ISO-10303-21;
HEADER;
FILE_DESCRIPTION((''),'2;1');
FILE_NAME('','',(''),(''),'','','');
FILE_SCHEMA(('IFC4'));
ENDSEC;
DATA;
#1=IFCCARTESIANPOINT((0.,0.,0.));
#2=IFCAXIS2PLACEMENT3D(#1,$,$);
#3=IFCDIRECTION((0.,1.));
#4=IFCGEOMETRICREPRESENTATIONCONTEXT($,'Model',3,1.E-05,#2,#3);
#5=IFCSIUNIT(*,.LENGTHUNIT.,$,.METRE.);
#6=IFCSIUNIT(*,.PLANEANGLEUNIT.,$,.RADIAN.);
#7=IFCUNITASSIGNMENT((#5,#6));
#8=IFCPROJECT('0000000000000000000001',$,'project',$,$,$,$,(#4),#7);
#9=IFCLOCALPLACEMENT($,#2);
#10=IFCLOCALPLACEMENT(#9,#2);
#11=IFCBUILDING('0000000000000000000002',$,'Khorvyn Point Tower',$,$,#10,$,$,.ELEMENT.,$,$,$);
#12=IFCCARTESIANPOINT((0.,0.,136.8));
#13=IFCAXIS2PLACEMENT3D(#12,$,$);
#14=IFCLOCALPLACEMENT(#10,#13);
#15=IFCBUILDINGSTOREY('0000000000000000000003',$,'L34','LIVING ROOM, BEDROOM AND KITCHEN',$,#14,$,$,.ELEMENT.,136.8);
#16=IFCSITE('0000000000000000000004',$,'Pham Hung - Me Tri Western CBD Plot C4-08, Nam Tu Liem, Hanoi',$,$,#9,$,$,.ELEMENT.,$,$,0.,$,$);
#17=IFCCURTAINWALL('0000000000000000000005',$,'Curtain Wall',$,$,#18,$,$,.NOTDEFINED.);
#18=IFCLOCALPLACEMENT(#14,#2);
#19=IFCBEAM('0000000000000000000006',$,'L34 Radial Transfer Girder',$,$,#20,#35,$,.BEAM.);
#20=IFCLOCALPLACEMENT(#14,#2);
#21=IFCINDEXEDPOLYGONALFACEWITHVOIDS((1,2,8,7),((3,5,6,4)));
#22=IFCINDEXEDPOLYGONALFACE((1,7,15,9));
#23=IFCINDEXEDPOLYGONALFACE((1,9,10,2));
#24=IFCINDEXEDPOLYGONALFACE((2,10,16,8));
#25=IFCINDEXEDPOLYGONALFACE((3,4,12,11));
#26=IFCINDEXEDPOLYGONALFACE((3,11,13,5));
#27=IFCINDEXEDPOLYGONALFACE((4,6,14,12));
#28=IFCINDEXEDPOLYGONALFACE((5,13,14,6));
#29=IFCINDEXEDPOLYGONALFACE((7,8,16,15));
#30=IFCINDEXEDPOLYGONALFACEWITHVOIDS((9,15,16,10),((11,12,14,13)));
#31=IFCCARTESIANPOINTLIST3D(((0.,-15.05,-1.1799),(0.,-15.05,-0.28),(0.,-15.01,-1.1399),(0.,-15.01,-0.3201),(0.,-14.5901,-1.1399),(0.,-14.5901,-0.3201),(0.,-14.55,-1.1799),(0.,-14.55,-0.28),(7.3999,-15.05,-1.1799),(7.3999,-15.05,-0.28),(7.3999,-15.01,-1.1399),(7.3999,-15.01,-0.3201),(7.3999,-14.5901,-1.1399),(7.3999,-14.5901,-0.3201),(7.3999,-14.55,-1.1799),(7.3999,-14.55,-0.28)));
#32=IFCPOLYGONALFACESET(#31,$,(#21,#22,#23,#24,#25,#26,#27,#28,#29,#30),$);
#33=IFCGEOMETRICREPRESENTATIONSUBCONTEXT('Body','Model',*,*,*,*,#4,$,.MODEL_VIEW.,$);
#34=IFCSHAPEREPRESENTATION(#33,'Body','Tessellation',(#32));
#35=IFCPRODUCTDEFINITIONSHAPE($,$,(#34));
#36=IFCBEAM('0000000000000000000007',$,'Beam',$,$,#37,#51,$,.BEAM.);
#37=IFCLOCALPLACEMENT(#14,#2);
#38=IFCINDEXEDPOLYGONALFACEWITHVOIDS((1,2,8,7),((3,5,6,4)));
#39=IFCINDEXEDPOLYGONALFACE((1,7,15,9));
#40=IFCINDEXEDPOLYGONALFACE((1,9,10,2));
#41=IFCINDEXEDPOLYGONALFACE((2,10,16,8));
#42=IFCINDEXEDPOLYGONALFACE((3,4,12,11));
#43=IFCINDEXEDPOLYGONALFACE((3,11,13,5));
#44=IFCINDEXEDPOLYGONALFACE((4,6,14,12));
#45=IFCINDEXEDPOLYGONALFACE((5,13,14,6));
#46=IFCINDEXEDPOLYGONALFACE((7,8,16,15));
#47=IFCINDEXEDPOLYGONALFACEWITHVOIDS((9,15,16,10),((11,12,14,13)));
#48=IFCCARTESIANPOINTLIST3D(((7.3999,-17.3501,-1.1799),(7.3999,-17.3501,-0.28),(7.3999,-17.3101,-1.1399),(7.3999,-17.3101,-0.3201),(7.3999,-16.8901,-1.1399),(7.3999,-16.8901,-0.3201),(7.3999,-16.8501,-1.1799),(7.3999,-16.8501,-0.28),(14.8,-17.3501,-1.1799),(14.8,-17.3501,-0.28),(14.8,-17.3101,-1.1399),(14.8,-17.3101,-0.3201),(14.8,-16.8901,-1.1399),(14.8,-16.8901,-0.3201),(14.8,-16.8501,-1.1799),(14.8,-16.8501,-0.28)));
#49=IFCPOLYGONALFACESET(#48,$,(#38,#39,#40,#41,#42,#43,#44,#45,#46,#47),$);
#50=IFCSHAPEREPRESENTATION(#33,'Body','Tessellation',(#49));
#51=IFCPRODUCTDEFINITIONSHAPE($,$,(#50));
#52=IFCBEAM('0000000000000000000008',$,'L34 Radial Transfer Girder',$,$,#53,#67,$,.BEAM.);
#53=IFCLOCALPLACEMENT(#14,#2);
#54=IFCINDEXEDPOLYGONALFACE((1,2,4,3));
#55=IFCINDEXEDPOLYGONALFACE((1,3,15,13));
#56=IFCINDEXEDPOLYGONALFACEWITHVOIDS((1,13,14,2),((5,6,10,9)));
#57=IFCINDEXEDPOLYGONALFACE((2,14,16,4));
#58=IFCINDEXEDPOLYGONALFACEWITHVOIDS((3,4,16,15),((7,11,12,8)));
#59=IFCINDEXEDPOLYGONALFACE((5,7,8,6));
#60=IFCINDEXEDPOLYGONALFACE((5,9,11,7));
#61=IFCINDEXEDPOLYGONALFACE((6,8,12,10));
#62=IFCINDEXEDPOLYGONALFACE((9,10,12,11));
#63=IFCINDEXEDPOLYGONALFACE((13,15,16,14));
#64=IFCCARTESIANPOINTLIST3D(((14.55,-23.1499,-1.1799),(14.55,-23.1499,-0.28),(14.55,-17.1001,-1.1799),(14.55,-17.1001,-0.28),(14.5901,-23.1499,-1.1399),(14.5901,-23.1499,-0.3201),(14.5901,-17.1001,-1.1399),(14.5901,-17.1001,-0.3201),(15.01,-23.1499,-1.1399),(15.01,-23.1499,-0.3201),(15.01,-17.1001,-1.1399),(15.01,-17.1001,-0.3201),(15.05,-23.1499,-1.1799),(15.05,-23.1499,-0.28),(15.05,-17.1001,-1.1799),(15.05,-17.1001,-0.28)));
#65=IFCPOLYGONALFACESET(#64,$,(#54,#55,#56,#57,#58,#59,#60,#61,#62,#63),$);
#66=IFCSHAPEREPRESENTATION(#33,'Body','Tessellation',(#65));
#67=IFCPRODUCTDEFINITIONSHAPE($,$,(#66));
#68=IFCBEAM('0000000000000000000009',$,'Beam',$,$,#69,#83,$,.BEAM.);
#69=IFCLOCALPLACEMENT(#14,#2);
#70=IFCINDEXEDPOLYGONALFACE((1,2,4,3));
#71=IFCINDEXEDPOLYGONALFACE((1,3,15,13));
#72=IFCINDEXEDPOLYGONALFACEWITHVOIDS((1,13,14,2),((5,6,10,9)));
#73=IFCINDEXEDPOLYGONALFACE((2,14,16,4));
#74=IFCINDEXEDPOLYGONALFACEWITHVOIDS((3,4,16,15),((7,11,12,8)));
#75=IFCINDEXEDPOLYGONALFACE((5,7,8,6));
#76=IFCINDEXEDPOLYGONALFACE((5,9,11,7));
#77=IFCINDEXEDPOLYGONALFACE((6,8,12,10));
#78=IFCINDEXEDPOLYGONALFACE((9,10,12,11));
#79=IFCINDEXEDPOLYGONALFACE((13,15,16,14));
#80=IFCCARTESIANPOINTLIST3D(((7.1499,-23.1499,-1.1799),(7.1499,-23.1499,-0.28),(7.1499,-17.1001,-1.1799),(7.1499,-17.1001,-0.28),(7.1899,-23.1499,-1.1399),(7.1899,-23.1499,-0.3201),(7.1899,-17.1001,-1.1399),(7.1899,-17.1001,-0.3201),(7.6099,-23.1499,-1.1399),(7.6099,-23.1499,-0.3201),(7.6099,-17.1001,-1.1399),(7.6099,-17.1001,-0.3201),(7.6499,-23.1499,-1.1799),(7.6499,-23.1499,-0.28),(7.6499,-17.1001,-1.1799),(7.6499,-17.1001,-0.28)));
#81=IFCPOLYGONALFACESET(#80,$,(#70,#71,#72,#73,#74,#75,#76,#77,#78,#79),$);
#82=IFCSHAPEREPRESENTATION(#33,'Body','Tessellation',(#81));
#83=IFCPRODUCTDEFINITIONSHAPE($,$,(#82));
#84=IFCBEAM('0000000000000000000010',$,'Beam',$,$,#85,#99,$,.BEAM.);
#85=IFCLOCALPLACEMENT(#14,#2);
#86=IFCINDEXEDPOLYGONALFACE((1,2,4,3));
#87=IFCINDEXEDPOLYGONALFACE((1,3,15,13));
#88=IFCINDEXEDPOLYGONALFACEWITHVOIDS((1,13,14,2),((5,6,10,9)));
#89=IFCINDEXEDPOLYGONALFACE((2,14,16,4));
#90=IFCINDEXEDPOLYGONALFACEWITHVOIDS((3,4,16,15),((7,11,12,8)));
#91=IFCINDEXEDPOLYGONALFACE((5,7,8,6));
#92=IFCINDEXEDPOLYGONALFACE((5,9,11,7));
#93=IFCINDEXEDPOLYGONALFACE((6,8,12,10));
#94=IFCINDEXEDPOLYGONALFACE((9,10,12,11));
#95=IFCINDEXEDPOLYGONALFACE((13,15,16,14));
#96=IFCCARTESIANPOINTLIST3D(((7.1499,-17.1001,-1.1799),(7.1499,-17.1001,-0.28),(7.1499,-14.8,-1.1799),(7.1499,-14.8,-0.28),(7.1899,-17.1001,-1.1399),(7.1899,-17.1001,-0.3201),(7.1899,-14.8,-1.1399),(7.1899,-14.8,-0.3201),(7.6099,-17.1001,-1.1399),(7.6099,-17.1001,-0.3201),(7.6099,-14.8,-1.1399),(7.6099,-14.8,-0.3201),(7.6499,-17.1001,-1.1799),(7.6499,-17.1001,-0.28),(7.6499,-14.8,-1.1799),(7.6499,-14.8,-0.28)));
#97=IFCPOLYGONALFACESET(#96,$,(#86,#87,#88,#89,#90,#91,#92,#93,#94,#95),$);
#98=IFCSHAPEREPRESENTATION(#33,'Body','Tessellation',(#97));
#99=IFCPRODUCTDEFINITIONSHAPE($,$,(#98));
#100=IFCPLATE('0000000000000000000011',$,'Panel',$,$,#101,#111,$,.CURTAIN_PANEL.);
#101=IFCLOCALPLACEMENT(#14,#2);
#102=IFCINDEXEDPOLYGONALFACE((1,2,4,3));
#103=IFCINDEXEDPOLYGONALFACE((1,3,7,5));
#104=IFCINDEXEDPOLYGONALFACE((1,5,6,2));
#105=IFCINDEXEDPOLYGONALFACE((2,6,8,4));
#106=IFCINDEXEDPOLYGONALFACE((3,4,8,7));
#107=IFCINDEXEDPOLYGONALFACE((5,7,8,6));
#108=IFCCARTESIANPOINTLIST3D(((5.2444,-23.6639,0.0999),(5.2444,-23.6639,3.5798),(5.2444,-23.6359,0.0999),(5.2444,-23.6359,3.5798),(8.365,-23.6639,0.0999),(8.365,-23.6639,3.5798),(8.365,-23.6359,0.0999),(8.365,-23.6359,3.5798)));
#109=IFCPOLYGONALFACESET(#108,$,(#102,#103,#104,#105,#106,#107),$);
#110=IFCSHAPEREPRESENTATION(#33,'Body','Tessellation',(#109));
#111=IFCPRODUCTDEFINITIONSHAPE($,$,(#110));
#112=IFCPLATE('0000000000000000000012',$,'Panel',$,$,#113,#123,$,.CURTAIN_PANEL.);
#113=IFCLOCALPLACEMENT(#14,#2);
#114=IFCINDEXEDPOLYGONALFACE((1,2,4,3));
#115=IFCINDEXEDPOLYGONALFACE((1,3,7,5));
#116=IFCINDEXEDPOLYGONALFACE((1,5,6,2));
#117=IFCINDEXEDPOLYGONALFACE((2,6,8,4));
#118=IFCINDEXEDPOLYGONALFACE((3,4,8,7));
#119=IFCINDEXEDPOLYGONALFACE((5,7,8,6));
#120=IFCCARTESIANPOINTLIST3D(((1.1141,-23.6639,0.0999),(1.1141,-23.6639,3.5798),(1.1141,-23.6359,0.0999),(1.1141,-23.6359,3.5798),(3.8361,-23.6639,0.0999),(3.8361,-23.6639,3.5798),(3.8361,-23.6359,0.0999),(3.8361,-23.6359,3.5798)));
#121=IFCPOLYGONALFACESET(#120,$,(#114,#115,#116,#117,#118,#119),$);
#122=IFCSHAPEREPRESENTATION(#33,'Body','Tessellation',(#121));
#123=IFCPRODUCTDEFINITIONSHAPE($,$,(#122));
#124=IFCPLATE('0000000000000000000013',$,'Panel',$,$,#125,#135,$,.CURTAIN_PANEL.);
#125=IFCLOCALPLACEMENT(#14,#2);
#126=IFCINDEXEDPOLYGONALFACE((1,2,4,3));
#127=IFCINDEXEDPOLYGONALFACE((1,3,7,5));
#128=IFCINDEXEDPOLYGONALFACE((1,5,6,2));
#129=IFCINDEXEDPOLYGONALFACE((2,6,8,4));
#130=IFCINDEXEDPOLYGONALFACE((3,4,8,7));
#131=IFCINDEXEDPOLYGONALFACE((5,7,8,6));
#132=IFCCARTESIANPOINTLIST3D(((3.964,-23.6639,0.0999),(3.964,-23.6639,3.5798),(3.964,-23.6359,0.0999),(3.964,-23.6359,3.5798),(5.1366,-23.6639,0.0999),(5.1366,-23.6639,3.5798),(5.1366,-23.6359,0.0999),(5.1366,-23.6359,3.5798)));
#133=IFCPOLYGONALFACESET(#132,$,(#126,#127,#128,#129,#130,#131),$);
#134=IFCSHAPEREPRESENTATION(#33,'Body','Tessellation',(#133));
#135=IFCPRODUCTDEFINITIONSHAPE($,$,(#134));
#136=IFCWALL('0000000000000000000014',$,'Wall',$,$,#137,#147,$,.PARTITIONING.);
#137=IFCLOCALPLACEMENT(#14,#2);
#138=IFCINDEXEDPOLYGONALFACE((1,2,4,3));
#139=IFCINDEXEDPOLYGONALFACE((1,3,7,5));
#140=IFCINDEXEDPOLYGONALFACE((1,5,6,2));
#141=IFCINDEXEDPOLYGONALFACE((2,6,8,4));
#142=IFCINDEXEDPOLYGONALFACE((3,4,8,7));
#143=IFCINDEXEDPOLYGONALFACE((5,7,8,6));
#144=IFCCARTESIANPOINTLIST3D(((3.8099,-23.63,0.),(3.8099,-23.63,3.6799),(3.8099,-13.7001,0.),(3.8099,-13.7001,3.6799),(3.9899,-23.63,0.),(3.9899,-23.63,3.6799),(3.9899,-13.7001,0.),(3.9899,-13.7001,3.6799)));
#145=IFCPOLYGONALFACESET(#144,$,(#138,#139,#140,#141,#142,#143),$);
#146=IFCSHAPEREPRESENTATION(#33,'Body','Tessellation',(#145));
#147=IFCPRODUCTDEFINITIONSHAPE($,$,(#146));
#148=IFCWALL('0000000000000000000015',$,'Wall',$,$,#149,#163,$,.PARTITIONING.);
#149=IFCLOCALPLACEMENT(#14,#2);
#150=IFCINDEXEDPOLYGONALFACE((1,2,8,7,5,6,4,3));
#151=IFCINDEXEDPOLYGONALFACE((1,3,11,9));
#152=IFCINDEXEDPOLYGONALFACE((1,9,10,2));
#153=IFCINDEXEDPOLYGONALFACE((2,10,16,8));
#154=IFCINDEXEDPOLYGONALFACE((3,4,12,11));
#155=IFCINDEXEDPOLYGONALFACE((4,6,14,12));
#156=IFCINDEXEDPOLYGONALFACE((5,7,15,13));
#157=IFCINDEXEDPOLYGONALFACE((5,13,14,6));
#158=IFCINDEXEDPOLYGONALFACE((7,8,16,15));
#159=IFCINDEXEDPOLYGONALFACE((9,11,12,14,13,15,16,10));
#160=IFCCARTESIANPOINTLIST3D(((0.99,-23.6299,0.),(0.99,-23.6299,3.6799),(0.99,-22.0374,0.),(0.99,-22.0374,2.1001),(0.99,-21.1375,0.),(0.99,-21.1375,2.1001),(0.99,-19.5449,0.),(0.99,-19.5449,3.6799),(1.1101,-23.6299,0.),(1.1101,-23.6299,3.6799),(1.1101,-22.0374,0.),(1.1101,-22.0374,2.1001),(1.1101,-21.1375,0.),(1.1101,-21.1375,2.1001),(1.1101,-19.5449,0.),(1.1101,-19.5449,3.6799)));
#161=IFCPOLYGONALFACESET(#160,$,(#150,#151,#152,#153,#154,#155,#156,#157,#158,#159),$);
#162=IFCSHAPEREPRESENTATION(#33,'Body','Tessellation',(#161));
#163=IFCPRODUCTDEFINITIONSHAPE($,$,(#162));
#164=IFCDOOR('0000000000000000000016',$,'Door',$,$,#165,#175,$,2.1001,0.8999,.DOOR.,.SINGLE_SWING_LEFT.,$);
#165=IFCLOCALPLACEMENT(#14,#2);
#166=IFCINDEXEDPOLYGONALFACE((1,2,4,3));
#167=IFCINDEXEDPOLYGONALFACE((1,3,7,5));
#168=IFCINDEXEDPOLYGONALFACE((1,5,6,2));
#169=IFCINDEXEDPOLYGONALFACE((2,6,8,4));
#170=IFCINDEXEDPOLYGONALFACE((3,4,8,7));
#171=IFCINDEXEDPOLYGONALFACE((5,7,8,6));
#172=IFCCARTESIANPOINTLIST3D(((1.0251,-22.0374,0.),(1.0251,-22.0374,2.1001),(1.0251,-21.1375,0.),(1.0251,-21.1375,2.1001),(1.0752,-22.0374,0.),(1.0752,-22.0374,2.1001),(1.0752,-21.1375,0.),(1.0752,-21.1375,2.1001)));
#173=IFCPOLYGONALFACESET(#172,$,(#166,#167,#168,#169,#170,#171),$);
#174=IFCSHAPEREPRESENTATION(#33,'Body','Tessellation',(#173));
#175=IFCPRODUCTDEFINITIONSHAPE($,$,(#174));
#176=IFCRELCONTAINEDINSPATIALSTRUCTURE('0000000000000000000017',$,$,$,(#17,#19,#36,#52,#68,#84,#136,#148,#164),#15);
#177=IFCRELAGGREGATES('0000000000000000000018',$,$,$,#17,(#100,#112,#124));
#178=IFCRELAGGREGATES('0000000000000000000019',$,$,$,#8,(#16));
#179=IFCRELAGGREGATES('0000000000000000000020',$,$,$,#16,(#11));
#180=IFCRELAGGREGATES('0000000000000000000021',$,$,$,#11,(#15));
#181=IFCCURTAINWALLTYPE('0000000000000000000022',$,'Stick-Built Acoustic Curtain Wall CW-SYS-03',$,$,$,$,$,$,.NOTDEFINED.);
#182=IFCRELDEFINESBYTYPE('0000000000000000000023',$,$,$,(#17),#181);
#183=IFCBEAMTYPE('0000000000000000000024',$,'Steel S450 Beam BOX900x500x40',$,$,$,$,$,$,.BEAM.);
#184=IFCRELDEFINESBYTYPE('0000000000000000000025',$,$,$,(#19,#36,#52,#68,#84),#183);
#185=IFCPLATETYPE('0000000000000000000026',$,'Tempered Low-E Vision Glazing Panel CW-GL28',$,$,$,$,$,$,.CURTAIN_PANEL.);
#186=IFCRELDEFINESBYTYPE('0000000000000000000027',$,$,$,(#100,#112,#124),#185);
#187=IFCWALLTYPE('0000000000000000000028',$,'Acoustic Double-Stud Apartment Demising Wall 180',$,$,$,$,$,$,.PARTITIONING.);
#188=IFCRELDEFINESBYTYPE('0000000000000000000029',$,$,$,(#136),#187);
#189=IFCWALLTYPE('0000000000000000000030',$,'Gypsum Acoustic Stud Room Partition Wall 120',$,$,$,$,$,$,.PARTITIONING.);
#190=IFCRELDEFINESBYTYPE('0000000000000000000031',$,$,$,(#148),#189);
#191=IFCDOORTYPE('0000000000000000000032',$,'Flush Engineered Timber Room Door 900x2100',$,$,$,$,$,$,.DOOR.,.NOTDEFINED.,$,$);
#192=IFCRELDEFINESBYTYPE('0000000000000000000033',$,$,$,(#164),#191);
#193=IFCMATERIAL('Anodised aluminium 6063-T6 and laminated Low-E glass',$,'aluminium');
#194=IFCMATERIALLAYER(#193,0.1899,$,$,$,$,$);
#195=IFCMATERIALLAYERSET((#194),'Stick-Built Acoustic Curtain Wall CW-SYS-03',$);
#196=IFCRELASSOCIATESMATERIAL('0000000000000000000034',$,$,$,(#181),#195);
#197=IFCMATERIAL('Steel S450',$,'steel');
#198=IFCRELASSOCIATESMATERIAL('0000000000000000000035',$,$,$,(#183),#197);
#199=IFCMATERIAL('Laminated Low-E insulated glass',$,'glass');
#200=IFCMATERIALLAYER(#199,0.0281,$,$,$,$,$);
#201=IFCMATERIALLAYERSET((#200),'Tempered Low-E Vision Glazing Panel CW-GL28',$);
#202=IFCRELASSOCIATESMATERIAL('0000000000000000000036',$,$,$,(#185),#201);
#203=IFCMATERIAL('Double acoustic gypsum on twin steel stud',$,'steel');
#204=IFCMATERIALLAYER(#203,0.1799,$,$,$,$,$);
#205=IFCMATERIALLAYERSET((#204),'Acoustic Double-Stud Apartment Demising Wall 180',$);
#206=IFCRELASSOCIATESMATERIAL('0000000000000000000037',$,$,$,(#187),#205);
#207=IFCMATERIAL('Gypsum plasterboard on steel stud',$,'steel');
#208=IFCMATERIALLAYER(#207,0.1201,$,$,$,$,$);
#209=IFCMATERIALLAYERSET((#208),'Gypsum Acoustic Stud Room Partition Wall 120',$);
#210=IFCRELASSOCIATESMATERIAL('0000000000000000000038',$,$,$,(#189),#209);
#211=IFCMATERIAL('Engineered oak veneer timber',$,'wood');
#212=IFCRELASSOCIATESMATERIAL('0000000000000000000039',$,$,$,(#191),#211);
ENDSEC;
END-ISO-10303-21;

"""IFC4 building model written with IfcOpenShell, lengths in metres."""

from ifc_helpers import new_model, si_unit, direction, frame, frame_2d, origin, origin_2d, place, context, subcontext, project, spatial, rectangle, hollow_rectangle, extrude, material, layer, layer_set, material_profile, profile_set, type_object, element, fill, aggregate, save


model = new_model("IFC4")

# Units and contexts
model_context = context("Model", 3, precision=1e-05, world=origin(), true_north=direction((0.0, 1.0)))
body_context = subcontext(model_context, "Body", "Model", "MODEL_VIEW")
ifc_project = project(units=[si_unit("LENGTHUNIT", "METRE"), si_unit("PLANEANGLEUNIT", "RADIAN")], contexts=[model_context])

# Site, building, storey
site_placement = place(None, origin())
site = spatial("IfcSite", under=ifc_project, at=site_placement, Name="Pham Hung - Me Tri Western CBD Plot C4-08, Nam Tu Liem, Hanoi", CompositionType="ELEMENT", RefElevation=0.0)
building_placement = place(site_placement, origin())
building = spatial("IfcBuilding", under=site, at=building_placement, Name="Khorvyn Point Tower", CompositionType="ELEMENT")
storey_placement = place(building_placement, frame((0.0, 0.0, 136.8)))
storey = spatial("IfcBuildingStorey", under=building, at=storey_placement, Name="L34", Description="LIVING ROOM, BEDROOM AND KITCHEN", CompositionType="ELEMENT", Elevation=136.8)

# Shared definitions
ifc_material_1 = material(Name="Steel S450", Category="steel")

# Curtain wall
ifc_material_2 = material(Name="Anodised aluminium 6063-T6 and laminated Low-E glass", Category="aluminium")
ifc_layer_1 = layer(ifc_material_2, 0.1899)
ifc_layer_set_1 = layer_set([ifc_layer_1], Name="Stick-Built Acoustic Curtain Wall CW-SYS-03")
curtain_wall_type = type_object("IfcCurtainWallType", Name="Stick-Built Acoustic Curtain Wall CW-SYS-03", PredefinedType="NOTDEFINED", material=ifc_layer_set_1)
curtain_wall_placement = place(storey_placement, origin())
curtain_wall = element("IfcCurtainWall", 1, at=curtain_wall_placement, inside=storey, type_object=curtain_wall_type, Name="Curtain Wall", PredefinedType="NOTDEFINED")

# Beams
ifc_material_profile_1 = material_profile(ifc_material_1, hollow_rectangle(XDim=0.5, YDim=0.8999, WallThickness=0.04, at=origin_2d()))
ifc_profile_set_1 = profile_set([ifc_material_profile_1], Name="Steel S450 BOX900x500x40")
beam_type_1 = type_object("IfcBeamType", Name="Steel S450 Beam BOX900x500x40", PredefinedType="BEAM", material=ifc_profile_set_1)
beam_1_placement = place(storey_placement, frame((0.0, -14.8, -0.73), z_axis=(1.0, 0.0, 0.0), x_axis=(0.0, 1.0, 0.0)))
element("IfcBeam", 2, at=beam_1_placement, inside=storey, type_object=beam_type_1, Name="L34 Radial Transfer Girder", PredefinedType="BEAM", context=body_context, shape_type="SweptSolid", body=[
    extrude(hollow_rectangle(XDim=0.5, YDim=0.8999, WallThickness=0.04, at=origin_2d()), origin(), (0.0, 0.0, 1.0), 7.3999),
])
beam_2_placement = place(storey_placement, frame((7.3999, -17.1001, -0.73), z_axis=(1.0, 0.0, 0.0), x_axis=(0.0, 1.0, 0.0)))
element("IfcBeam", 3, at=beam_2_placement, inside=storey, type_object=beam_type_1, Name="Beam", PredefinedType="BEAM", context=body_context, shape_type="SweptSolid", body=[
    extrude(hollow_rectangle(XDim=0.5, YDim=0.8999, WallThickness=0.04, at=origin_2d()), origin(), (0.0, 0.0, 1.0), 7.4001),
])
for number, where, z_axis, x_axis, name in (
    (4, (14.8, -23.1499, -0.73), (0.0, 1.0, 0.0), (-1.0, 0.0, 0.0), "L34 Radial Transfer Girder"),
    (5, (7.3999, -23.1499, -0.73), (0.0, 1.0, 0.0), (-1.0, 0.0, 0.0), "Beam"),
):
    element("IfcBeam", number, at=place(storey_placement, frame(where, z_axis=z_axis, x_axis=x_axis)), inside=storey, type_object=beam_type_1, Name=name, PredefinedType="BEAM", context=body_context, shape_type="SweptSolid", body=[
        extrude(hollow_rectangle(XDim=0.5, YDim=0.8999, WallThickness=0.04, at=origin_2d()), origin(), (0.0, 0.0, 1.0), 6.0498),
    ])
beam_3_placement = place(storey_placement, frame((7.3999, -17.1001, -0.73), z_axis=(0.0, 1.0, 0.0), x_axis=(-1.0, 0.0, 0.0)))
element("IfcBeam", 6, at=beam_3_placement, inside=storey, type_object=beam_type_1, Name="Beam", PredefinedType="BEAM", context=body_context, shape_type="SweptSolid", body=[
    extrude(hollow_rectangle(XDim=0.5, YDim=0.8999, WallThickness=0.04, at=origin_2d()), origin(), (0.0, 0.0, 1.0), 2.3),
])

# Plates
ifc_material_3 = material(Name="Laminated Low-E insulated glass", Category="glass")
ifc_layer_2 = layer(ifc_material_3, 0.0281)
ifc_layer_set_2 = layer_set([ifc_layer_2], Name="Tempered Low-E Vision Glazing Panel CW-GL28")
plate_type = type_object("IfcPlateType", Name="Tempered Low-E Vision Glazing Panel CW-GL28", PredefinedType="CURTAIN_PANEL", material=ifc_layer_set_2)
plate_1_placement = place(storey_placement, frame((6.8047, -23.6499, 0.0999), z_axis=(0.0, 0.0, 1.0), x_axis=(-1.0, 0.0, 0.0)))
plate_1 = element("IfcPlate", 7, at=plate_1_placement, type_object=plate_type, Name="Panel", PredefinedType="CURTAIN_PANEL", context=body_context, shape_type="SweptSolid", body=[
    extrude(rectangle(XDim=3.1206, YDim=0.0281, at=origin_2d()), origin(), (0.0, 0.0, 1.0), 3.48),
])
plate_2_placement = place(storey_placement, frame((2.4751, -23.6499, 0.0999), z_axis=(0.0, 0.0, 1.0), x_axis=(-1.0, 0.0, 0.0)))
plate_2 = element("IfcPlate", 8, at=plate_2_placement, type_object=plate_type, Name="Panel", PredefinedType="CURTAIN_PANEL", context=body_context, shape_type="SweptSolid", body=[
    extrude(rectangle(XDim=2.7219, YDim=0.0281, at=origin_2d()), origin(), (0.0, 0.0, 1.0), 3.48),
])
plate_3_placement = place(storey_placement, frame((4.5503, -23.6499, 0.0999), z_axis=(0.0, 0.0, 1.0), x_axis=(-1.0, 0.0, 0.0)))
plate_3 = element("IfcPlate", 9, at=plate_3_placement, type_object=plate_type, Name="Panel", PredefinedType="CURTAIN_PANEL", context=body_context, shape_type="SweptSolid", body=[
    extrude(rectangle(XDim=1.1726, YDim=0.0281, at=origin_2d()), origin(), (0.0, 0.0, 1.0), 3.48),
])
aggregate(curtain_wall, [plate_1, plate_2, plate_3])

# Wall
ifc_material_4 = material(Name="Double acoustic gypsum on twin steel stud", Category="steel")
ifc_layer_3 = layer(ifc_material_4, 0.1799)
ifc_layer_set_3 = layer_set([ifc_layer_3], Name="Acoustic Double-Stud Apartment Demising Wall 180")
wall_type_1 = type_object("IfcWallType", Name="Acoustic Double-Stud Apartment Demising Wall 180", PredefinedType="PARTITIONING", material=ifc_layer_set_3)
wall_1_placement = place(storey_placement, frame((3.8999, -23.6299, 0.0), z_axis=(0.0, 0.0, 1.0), x_axis=(0.0, 1.0, 0.0)))
element("IfcWall", 10, at=wall_1_placement, inside=storey, type_object=wall_type_1, Name="Wall", PredefinedType="PARTITIONING", context=body_context, shape_type="SweptSolid", body=[
    extrude(rectangle(XDim=9.9299, YDim=0.1799, at=frame_2d((4.9648, 0.0))), origin(), (0.0, 0.0, 1.0), 3.6799),
])

# Wall, opening, door
ifc_material_5 = material(Name="Gypsum plasterboard on steel stud", Category="steel")
ifc_layer_4 = layer(ifc_material_5, 0.1201)
ifc_layer_set_4 = layer_set([ifc_layer_4], Name="Gypsum Acoustic Stud Room Partition Wall 120")
wall_type_2 = type_object("IfcWallType", Name="Gypsum Acoustic Stud Room Partition Wall 120", PredefinedType="PARTITIONING", material=ifc_layer_set_4)
wall_2_placement = place(storey_placement, frame((1.05, -23.6299, 0.0), z_axis=(0.0, 0.0, 1.0), x_axis=(0.0, 1.0, 0.0)))
wall_2 = element("IfcWall", 11, at=wall_2_placement, inside=storey, type_object=wall_type_2, Name="Wall", PredefinedType="PARTITIONING", context=body_context, shape_type="SweptSolid", body=[
    extrude(rectangle(XDim=4.085, YDim=0.1201, at=frame_2d((2.0425, 0.0))), origin(), (0.0, 0.0, 1.0), 3.6799),
])
opening_1_placement = place(wall_2_placement, frame((1.5925, 0.0, 0.0)))
opening_1 = element("IfcOpeningElement", 12, at=opening_1_placement, cuts=wall_2, PredefinedType="OPENING", context=body_context, shape_type="SweptSolid", body=[
    extrude(rectangle(XDim=0.8999, YDim=2.1001, at=frame_2d((0.45, 1.05))), frame((0.0, 0.0701, 0.0), z_axis=(0.0, -1.0, 0.0), x_axis=(1.0, 0.0, 0.0)), (0.0, 0.0, 1.0), 0.1401),
])
ifc_material_6 = material(Name="Engineered oak veneer timber", Category="wood")
door_type_1 = type_object("IfcDoorType", Name="Flush Engineered Timber Room Door 900x2100", OperationType="NOTDEFINED", PredefinedType="DOOR", material=ifc_material_6)
door_1_placement = place(opening_1_placement, origin())
door_1 = element("IfcDoor", 13, at=door_1_placement, inside=storey, type_object=door_type_1, Name="Door", OperationType="SINGLE_SWING_LEFT", OverallHeight=2.1001, OverallWidth=0.8999, PredefinedType="DOOR", context=body_context, shape_type="SweptSolid", body=[
    extrude(rectangle(XDim=0.8999, YDim=2.1001, at=frame_2d((0.45, 1.05))), frame((0.0, 0.0249, 0.0), z_axis=(0.0, -1.0, 0.0), x_axis=(1.0, 0.0, 0.0)), (0.0, 0.0, 1.0), 0.05),
])
fill(opening_1, door_1)

save(model, "model.ifc")
